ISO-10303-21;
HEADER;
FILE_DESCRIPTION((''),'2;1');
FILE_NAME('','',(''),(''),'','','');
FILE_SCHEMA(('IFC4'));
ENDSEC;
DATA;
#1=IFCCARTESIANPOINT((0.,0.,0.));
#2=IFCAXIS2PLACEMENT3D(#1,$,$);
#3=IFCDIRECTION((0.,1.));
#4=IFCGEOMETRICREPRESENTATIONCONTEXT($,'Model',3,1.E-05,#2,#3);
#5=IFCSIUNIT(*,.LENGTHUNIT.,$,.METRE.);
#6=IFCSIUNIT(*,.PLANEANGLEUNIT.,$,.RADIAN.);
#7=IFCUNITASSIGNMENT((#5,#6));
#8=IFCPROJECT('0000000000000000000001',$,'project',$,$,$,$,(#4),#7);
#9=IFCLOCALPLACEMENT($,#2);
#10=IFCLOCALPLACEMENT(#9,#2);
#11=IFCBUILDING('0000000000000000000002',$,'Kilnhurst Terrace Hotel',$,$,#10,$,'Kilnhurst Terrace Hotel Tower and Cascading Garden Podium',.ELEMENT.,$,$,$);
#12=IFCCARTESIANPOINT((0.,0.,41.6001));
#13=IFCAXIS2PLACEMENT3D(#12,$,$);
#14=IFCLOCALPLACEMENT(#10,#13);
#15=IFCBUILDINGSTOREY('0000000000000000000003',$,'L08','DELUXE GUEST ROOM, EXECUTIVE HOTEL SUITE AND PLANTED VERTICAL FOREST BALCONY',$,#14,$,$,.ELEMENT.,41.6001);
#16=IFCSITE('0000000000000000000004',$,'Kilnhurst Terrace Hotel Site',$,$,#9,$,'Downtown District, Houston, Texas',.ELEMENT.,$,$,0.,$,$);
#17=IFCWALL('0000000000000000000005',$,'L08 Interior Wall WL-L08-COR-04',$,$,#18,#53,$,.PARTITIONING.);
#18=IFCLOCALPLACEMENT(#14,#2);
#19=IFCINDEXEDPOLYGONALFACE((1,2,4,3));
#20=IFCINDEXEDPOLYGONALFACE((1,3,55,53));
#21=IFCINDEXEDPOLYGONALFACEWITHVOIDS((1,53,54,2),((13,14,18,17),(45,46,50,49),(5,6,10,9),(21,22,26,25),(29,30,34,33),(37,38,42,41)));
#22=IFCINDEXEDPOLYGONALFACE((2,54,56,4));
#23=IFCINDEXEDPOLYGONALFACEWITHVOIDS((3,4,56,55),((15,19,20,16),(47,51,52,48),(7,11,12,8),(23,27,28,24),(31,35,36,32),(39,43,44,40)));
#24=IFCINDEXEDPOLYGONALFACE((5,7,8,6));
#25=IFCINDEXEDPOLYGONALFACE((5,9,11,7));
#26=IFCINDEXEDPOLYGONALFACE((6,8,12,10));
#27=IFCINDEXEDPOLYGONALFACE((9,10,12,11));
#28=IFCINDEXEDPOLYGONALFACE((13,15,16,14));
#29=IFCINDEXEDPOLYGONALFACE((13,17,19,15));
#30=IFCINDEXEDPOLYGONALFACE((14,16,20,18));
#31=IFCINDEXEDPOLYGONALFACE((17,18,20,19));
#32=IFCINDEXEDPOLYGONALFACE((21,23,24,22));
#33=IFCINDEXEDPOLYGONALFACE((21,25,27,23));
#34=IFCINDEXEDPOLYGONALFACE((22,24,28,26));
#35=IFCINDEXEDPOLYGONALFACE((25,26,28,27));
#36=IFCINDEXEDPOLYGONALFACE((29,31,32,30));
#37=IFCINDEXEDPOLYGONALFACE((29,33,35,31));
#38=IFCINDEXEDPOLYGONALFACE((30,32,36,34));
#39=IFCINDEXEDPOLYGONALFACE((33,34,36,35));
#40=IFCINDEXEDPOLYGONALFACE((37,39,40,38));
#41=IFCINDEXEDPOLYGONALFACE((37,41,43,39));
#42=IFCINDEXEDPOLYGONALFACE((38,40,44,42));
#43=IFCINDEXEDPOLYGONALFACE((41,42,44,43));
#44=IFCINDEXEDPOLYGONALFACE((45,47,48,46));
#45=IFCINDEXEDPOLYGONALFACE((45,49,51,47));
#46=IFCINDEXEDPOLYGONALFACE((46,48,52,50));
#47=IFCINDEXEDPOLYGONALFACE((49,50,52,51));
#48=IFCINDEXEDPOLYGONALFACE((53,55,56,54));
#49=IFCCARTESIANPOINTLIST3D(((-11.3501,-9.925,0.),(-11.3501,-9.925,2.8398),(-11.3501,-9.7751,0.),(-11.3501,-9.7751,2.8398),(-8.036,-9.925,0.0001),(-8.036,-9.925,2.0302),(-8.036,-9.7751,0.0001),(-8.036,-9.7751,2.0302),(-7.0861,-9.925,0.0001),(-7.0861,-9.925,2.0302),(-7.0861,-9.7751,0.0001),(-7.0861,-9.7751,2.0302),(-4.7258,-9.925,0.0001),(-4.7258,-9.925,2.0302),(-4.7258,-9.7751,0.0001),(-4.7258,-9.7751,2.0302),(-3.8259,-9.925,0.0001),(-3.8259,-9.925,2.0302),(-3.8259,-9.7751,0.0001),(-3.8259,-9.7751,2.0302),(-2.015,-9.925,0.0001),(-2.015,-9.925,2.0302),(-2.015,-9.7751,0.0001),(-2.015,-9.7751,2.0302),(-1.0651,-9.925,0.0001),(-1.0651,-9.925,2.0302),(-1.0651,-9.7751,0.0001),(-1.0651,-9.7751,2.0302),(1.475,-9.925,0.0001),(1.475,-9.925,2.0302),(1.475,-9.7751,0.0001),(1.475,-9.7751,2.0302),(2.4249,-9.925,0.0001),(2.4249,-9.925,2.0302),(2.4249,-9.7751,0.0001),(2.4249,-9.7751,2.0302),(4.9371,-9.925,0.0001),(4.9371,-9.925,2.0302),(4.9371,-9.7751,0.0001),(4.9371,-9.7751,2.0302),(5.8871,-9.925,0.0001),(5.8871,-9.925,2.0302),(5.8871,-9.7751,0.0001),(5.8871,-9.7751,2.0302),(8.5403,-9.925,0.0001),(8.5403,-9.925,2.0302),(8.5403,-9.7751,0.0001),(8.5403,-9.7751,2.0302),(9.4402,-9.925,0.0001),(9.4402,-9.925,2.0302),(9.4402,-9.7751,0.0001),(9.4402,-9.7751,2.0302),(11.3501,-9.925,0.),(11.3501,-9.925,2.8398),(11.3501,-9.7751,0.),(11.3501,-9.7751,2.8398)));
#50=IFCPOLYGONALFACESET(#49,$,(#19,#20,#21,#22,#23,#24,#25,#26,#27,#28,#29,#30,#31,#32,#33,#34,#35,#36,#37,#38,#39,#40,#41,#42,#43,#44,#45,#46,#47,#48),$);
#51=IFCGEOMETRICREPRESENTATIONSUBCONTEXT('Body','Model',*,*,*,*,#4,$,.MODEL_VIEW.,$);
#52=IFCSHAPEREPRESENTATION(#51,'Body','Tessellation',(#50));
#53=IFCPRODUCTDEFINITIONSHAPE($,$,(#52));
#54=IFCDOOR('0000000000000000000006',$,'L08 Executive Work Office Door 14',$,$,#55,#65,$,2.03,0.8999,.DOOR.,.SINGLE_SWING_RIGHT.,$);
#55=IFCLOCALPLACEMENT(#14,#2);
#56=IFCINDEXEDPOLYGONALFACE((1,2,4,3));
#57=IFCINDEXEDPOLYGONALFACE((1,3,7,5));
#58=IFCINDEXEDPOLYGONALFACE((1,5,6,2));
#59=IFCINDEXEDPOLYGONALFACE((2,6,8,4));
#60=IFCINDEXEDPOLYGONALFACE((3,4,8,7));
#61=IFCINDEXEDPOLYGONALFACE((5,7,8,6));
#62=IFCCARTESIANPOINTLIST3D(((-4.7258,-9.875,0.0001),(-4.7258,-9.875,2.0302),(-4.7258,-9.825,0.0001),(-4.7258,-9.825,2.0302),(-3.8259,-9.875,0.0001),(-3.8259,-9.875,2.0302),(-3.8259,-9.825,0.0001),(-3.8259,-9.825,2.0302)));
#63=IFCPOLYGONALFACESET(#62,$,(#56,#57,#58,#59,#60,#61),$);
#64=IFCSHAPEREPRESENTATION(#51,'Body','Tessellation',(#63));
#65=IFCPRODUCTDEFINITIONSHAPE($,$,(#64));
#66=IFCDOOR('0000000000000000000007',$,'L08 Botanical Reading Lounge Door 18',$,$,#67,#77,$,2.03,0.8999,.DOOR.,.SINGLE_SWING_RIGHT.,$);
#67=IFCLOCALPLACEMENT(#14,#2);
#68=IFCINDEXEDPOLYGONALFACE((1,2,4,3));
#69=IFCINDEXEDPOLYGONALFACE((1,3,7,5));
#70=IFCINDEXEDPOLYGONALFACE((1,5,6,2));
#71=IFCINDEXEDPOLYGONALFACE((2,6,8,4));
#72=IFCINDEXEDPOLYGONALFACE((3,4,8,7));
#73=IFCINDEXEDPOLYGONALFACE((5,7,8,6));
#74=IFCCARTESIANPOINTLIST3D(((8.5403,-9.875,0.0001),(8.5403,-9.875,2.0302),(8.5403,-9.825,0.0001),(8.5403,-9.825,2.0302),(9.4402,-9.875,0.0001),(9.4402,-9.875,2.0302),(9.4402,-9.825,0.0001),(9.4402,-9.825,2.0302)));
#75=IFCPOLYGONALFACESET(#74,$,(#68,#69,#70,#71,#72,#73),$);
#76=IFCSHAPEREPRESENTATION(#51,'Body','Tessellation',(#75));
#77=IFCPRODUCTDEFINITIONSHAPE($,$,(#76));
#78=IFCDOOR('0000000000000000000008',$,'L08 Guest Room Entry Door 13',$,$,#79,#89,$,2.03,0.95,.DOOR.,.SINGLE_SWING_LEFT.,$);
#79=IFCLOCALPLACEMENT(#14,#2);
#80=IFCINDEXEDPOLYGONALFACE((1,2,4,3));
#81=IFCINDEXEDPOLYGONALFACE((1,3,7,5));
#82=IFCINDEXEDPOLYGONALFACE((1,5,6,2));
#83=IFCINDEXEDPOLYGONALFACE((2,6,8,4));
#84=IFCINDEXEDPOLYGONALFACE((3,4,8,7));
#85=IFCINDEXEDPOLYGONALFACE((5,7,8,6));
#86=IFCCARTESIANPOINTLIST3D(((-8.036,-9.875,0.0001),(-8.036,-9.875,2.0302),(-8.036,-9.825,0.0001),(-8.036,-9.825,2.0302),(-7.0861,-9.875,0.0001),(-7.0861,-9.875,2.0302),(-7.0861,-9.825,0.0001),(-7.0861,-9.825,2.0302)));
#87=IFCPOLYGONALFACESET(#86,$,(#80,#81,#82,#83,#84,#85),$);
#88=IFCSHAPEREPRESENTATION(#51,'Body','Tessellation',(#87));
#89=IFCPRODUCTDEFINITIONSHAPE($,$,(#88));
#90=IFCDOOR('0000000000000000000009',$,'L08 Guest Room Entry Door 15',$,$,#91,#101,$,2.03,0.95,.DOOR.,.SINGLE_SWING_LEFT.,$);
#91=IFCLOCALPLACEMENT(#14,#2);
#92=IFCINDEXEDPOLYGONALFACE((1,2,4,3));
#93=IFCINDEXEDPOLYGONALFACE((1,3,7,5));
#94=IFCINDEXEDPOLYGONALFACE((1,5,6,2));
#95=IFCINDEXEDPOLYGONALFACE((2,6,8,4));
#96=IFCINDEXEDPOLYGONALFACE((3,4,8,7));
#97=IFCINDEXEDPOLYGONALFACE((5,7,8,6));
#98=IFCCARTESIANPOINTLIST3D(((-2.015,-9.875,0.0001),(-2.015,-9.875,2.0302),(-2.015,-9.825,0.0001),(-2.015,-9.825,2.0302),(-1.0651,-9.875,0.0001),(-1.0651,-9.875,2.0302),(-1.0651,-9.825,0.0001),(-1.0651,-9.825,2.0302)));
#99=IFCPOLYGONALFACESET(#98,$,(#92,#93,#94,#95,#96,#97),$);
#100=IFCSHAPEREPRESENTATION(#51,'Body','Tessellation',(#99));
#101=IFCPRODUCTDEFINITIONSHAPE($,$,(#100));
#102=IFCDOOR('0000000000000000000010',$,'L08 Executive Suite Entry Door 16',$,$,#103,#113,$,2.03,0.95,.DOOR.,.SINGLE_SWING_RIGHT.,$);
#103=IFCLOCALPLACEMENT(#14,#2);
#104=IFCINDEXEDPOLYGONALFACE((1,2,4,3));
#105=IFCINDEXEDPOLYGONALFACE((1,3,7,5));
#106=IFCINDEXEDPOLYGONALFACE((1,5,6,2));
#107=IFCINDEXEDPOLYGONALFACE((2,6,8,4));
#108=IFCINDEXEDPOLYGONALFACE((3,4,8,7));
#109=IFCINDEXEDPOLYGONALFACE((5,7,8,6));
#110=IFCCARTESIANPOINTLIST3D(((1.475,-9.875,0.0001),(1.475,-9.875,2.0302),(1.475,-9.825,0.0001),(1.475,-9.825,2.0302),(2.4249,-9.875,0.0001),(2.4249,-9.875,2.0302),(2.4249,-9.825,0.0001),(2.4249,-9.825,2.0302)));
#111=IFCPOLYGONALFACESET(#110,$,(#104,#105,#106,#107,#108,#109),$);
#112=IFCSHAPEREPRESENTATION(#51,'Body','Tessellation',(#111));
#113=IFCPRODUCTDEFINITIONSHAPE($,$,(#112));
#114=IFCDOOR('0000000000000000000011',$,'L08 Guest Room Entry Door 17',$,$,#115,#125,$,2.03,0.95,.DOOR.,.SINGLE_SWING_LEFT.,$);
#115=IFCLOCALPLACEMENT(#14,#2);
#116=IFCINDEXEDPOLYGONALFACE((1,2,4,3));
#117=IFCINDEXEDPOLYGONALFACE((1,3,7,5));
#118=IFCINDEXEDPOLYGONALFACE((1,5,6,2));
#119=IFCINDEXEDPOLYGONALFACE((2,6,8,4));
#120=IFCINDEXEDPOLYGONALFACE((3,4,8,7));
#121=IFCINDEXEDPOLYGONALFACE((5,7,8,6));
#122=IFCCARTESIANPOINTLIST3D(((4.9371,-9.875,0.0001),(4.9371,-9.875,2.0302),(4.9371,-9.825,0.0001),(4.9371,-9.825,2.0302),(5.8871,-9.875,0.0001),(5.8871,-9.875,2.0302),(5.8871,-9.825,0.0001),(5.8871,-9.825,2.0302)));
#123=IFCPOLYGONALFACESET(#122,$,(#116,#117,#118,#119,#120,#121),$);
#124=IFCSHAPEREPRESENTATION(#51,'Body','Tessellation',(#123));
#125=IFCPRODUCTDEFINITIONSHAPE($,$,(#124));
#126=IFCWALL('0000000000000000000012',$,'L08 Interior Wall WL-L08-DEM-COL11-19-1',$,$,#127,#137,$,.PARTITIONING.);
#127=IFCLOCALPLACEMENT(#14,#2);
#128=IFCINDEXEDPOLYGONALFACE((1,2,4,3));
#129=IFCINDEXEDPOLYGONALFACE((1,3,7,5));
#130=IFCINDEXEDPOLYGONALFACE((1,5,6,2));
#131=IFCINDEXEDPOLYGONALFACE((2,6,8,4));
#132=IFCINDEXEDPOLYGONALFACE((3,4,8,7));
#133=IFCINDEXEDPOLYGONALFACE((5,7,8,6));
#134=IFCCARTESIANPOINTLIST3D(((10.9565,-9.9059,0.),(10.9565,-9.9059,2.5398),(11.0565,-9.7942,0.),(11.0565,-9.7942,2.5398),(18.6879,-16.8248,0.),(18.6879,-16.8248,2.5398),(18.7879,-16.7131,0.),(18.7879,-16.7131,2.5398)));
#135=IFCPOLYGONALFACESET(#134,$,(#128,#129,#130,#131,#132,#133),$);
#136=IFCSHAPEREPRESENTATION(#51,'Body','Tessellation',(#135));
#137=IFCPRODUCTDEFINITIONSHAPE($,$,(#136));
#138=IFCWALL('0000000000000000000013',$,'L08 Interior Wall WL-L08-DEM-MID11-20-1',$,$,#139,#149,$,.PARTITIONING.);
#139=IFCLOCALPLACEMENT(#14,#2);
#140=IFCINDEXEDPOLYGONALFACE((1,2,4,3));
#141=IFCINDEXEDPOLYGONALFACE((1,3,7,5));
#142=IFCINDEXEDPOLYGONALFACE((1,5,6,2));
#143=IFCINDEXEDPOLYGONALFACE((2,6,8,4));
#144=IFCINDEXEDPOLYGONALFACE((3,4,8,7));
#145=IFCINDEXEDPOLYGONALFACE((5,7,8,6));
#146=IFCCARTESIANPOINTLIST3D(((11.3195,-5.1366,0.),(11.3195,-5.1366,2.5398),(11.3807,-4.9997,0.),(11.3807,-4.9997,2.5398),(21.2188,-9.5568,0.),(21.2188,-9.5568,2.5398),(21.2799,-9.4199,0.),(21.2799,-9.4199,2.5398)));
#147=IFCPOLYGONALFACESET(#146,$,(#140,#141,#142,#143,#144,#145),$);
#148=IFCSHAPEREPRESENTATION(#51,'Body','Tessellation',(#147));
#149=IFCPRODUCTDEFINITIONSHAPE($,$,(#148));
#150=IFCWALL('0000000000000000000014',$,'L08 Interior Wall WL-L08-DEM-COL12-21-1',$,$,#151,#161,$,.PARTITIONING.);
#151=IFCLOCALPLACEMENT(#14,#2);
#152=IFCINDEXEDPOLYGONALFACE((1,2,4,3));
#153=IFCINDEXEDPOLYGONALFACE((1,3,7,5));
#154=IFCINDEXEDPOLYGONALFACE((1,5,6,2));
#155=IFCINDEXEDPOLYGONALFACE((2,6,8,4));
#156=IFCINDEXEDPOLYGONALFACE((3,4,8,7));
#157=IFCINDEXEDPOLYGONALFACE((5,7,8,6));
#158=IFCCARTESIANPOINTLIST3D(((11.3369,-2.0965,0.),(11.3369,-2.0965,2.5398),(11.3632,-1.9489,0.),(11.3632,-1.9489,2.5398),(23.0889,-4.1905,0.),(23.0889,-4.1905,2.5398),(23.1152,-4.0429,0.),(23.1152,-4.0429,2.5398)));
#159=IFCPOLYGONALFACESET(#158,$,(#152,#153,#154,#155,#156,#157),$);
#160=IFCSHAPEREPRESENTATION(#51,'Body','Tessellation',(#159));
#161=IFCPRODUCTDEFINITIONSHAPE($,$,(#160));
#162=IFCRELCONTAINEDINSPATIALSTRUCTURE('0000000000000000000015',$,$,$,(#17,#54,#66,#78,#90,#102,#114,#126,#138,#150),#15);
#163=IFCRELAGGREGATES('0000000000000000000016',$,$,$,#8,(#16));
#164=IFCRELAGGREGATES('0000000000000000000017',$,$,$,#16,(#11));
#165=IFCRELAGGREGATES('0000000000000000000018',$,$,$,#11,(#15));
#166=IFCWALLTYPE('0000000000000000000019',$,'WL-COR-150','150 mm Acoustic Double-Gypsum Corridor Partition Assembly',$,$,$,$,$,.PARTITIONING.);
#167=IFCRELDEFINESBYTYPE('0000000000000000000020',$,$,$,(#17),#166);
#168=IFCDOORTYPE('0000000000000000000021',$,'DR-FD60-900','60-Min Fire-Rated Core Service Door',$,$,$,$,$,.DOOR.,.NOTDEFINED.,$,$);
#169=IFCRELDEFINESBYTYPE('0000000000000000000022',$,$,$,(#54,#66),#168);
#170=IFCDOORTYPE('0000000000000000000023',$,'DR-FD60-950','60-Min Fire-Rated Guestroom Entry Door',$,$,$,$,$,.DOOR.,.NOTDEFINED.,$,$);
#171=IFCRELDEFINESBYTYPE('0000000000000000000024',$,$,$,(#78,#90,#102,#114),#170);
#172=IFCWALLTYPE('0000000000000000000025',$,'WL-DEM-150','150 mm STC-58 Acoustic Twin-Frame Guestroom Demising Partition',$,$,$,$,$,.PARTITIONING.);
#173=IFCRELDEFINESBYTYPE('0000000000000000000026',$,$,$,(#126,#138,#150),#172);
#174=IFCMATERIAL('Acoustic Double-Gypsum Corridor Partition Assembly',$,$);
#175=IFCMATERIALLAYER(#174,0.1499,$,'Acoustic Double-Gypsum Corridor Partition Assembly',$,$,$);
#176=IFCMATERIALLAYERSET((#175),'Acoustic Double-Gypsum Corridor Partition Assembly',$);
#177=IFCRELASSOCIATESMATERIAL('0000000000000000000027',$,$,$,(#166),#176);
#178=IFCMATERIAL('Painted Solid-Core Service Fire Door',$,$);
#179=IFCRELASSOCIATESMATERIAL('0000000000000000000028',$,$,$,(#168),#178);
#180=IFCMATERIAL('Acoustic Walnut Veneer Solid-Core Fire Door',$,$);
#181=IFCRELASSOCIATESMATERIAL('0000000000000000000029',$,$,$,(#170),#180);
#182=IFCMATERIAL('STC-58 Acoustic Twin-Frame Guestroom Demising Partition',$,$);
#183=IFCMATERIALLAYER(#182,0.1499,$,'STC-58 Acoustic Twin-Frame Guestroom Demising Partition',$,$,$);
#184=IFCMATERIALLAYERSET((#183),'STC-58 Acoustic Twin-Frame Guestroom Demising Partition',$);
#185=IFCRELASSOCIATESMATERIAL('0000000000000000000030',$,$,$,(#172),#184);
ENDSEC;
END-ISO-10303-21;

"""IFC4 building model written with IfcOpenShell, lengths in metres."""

from ifc_helpers import new_model, si_unit, direction, frame, frame_2d, origin, place, context, subcontext, project, spatial, rectangle, extrude, material, layer, layer_set, type_object, element, fill, save


model = new_model("IFC4")

# Units and contexts
model_context = context("Model", 3, precision=1e-05, world=origin(), true_north=direction((0.0, 1.0)))
body_context = subcontext(model_context, "Body", "Model", "MODEL_VIEW")
ifc_project = project(units=[si_unit("LENGTHUNIT", "METRE"), si_unit("PLANEANGLEUNIT", "RADIAN")], contexts=[model_context])

# Site, building, storey
site_placement = place(None, origin())
site = spatial("IfcSite", under=ifc_project, at=site_placement, Name="Kilnhurst Terrace Hotel Site", LongName="Downtown District, Houston, Texas", CompositionType="ELEMENT", RefElevation=0.0)
building_placement = place(site_placement, origin())
building = spatial("IfcBuilding", under=site, at=building_placement, Name="Kilnhurst Terrace Hotel", LongName="Kilnhurst Terrace Hotel Tower and Cascading Garden Podium", CompositionType="ELEMENT")
storey_placement = place(building_placement, frame((0.0, 0.0, 41.6001)))
storey = spatial("IfcBuildingStorey", under=building, at=storey_placement, Name="L08", Description="DELUXE GUEST ROOM, EXECUTIVE HOTEL SUITE AND PLANTED VERTICAL FOREST BALCONY", CompositionType="ELEMENT", Elevation=41.6001)

# Wall, openings, doors
ifc_material_1 = material(Name="Acoustic Double-Gypsum Corridor Partition Assembly")
ifc_layer_1 = layer(ifc_material_1, 0.1499, Name="Acoustic Double-Gypsum Corridor Partition Assembly")
ifc_layer_set_1 = layer_set([ifc_layer_1], Name="Acoustic Double-Gypsum Corridor Partition Assembly")
wall_type_1 = type_object("IfcWallType", Name="WL-COR-150", Description="150 mm Acoustic Double-Gypsum Corridor Partition Assembly", PredefinedType="PARTITIONING", material=ifc_layer_set_1)
wall_1_placement = place(storey_placement, frame((11.3501, -9.8501, 0.0), z_axis=(0.0, 0.0, 1.0), x_axis=(-1.0, 0.0, 0.0)))
wall_1 = element("IfcWall", 1, at=wall_1_placement, inside=storey, type_object=wall_type_1, Name="L08 Interior Wall WL-L08-COR-04", PredefinedType="PARTITIONING", context=body_context, shape_type="SweptSolid", body=[
    extrude(rectangle(XDim=22.7002, YDim=0.1499, at=frame_2d((11.3501, 0.0))), origin(), (0.0, 0.0, 1.0), 2.8398),
])
opening_1_placement = place(wall_1_placement, frame((18.436, 0.0, 0.0)))
opening_1 = element("IfcOpeningElement", 2, at=opening_1_placement, cuts=wall_1, PredefinedType="OPENING", context=body_context, shape_type="SweptSolid", body=[
    extrude(rectangle(XDim=0.95, YDim=2.03, at=frame_2d((0.4751, 1.0151))), frame((0.0, 0.085, 0.0), z_axis=(0.0, -1.0, 0.0), x_axis=(1.0, 0.0, 0.0)), (0.0, 0.0, 1.0), 0.1699),
])
opening_2_placement = place(wall_1_placement, frame((15.176, 0.0, 0.0)))
opening_2 = element("IfcOpeningElement", 3, at=opening_2_placement, cuts=wall_1, PredefinedType="OPENING", context=body_context, shape_type="SweptSolid", body=[
    extrude(rectangle(XDim=0.8999, YDim=2.03, at=frame_2d((0.45, 1.0151))), frame((0.0, 0.085, 0.0), z_axis=(0.0, -1.0, 0.0), x_axis=(1.0, 0.0, 0.0)), (0.0, 0.0, 1.0), 0.1699),
])
opening_3_placement = place(wall_1_placement, frame((12.415, 0.0, 0.0)))
opening_3 = element("IfcOpeningElement", 4, at=opening_3_placement, cuts=wall_1, PredefinedType="OPENING", context=body_context, shape_type="SweptSolid", body=[
    extrude(rectangle(XDim=0.95, YDim=2.03, at=frame_2d((0.4751, 1.0151))), frame((0.0, 0.085, 0.0), z_axis=(0.0, -1.0, 0.0), x_axis=(1.0, 0.0, 0.0)), (0.0, 0.0, 1.0), 0.1699),
])
opening_4_placement = place(wall_1_placement, frame((8.925, 0.0, 0.0)))
opening_4 = element("IfcOpeningElement", 5, at=opening_4_placement, cuts=wall_1, PredefinedType="OPENING", context=body_context, shape_type="SweptSolid", body=[
    extrude(rectangle(XDim=0.95, YDim=2.03, at=frame_2d((0.4751, 1.0151))), frame((0.0, 0.085, 0.0), z_axis=(0.0, -1.0, 0.0), x_axis=(1.0, 0.0, 0.0)), (0.0, 0.0, 1.0), 0.1699),
])
opening_5_placement = place(wall_1_placement, frame((5.4629, 0.0, 0.0)))
opening_5 = element("IfcOpeningElement", 6, at=opening_5_placement, cuts=wall_1, PredefinedType="OPENING", context=body_context, shape_type="SweptSolid", body=[
    extrude(rectangle(XDim=0.95, YDim=2.03, at=frame_2d((0.4751, 1.0151))), frame((0.0, 0.085, 0.0), z_axis=(0.0, -1.0, 0.0), x_axis=(1.0, 0.0, 0.0)), (0.0, 0.0, 1.0), 0.1699),
])
opening_6_placement = place(wall_1_placement, frame((1.9099, 0.0, 0.0)))
opening_6 = element("IfcOpeningElement", 7, at=opening_6_placement, cuts=wall_1, PredefinedType="OPENING", context=body_context, shape_type="SweptSolid", body=[
    extrude(rectangle(XDim=0.8999, YDim=2.03, at=frame_2d((0.45, 1.0151))), frame((0.0, 0.085, 0.0), z_axis=(0.0, -1.0, 0.0), x_axis=(1.0, 0.0, 0.0)), (0.0, 0.0, 1.0), 0.1699),
])
ifc_material_2 = material(Name="Painted Solid-Core Service Fire Door")
door_type_1 = type_object("IfcDoorType", Name="DR-FD60-900", Description="60-Min Fire-Rated Core Service Door", OperationType="NOTDEFINED", PredefinedType="DOOR", material=ifc_material_2)
door_1_placement = place(opening_2_placement, origin())
door_1 = element("IfcDoor", 8, at=door_1_placement, inside=storey, type_object=door_type_1, Name="L08 Executive Work Office Door 14", OperationType="SINGLE_SWING_RIGHT", OverallHeight=2.03, OverallWidth=0.8999, PredefinedType="DOOR", context=body_context, shape_type="SweptSolid", body=[
    extrude(rectangle(XDim=0.8999, YDim=2.03, at=frame_2d((0.45, 1.0151))), frame((0.0, 0.0249, 0.0), z_axis=(0.0, -1.0, 0.0), x_axis=(1.0, 0.0, 0.0)), (0.0, 0.0, 1.0), 0.05),
])
fill(opening_2, door_1)
door_2_placement = place(opening_6_placement, origin())
door_2 = element("IfcDoor", 9, at=door_2_placement, inside=storey, type_object=door_type_1, Name="L08 Botanical Reading Lounge Door 18", OperationType="SINGLE_SWING_RIGHT", OverallHeight=2.03, OverallWidth=0.8999, PredefinedType="DOOR", context=body_context, shape_type="SweptSolid", body=[
    extrude(rectangle(XDim=0.8999, YDim=2.03, at=frame_2d((0.45, 1.0151))), frame((0.0, 0.0249, 0.0), z_axis=(0.0, -1.0, 0.0), x_axis=(1.0, 0.0, 0.0)), (0.0, 0.0, 1.0), 0.05),
])
fill(opening_6, door_2)
ifc_material_3 = material(Name="Acoustic Walnut Veneer Solid-Core Fire Door")
door_type_2 = type_object("IfcDoorType", Name="DR-FD60-950", Description="60-Min Fire-Rated Guestroom Entry Door", OperationType="NOTDEFINED", PredefinedType="DOOR", material=ifc_material_3)
door_3_placement = place(opening_1_placement, origin())
door_3 = element("IfcDoor", 10, at=door_3_placement, inside=storey, type_object=door_type_2, Name="L08 Guest Room Entry Door 13", OperationType="SINGLE_SWING_LEFT", OverallHeight=2.03, OverallWidth=0.95, PredefinedType="DOOR", context=body_context, shape_type="SweptSolid", body=[
    extrude(rectangle(XDim=0.95, YDim=2.03, at=frame_2d((0.4751, 1.0151))), frame((0.0, 0.0249, 0.0), z_axis=(0.0, -1.0, 0.0), x_axis=(1.0, 0.0, 0.0)), (0.0, 0.0, 1.0), 0.05),
])
fill(opening_1, door_3)
door_4_placement = place(opening_3_placement, origin())
door_4 = element("IfcDoor", 11, at=door_4_placement, inside=storey, type_object=door_type_2, Name="L08 Guest Room Entry Door 15", OperationType="SINGLE_SWING_LEFT", OverallHeight=2.03, OverallWidth=0.95, PredefinedType="DOOR", context=body_context, shape_type="SweptSolid", body=[
    extrude(rectangle(XDim=0.95, YDim=2.03, at=frame_2d((0.4751, 1.0151))), frame((0.0, 0.0249, 0.0), z_axis=(0.0, -1.0, 0.0), x_axis=(1.0, 0.0, 0.0)), (0.0, 0.0, 1.0), 0.05),
])
fill(opening_3, door_4)
door_5_placement = place(opening_4_placement, origin())
door_5 = element("IfcDoor", 12, at=door_5_placement, inside=storey, type_object=door_type_2, Name="L08 Executive Suite Entry Door 16", OperationType="SINGLE_SWING_RIGHT", OverallHeight=2.03, OverallWidth=0.95, PredefinedType="DOOR", context=body_context, shape_type="SweptSolid", body=[
    extrude(rectangle(XDim=0.95, YDim=2.03, at=frame_2d((0.4751, 1.0151))), frame((0.0, 0.0249, 0.0), z_axis=(0.0, -1.0, 0.0), x_axis=(1.0, 0.0, 0.0)), (0.0, 0.0, 1.0), 0.05),
])
fill(opening_4, door_5)
door_6_placement = place(opening_5_placement, origin())
door_6 = element("IfcDoor", 13, at=door_6_placement, inside=storey, type_object=door_type_2, Name="L08 Guest Room Entry Door 17", OperationType="SINGLE_SWING_LEFT", OverallHeight=2.03, OverallWidth=0.95, PredefinedType="DOOR", context=body_context, shape_type="SweptSolid", body=[
    extrude(rectangle(XDim=0.95, YDim=2.03, at=frame_2d((0.4751, 1.0151))), frame((0.0, 0.0249, 0.0), z_axis=(0.0, -1.0, 0.0), x_axis=(1.0, 0.0, 0.0)), (0.0, 0.0, 1.0), 0.05),
])
fill(opening_5, door_6)

# Walls
ifc_material_4 = material(Name="STC-58 Acoustic Twin-Frame Guestroom Demising Partition")
ifc_layer_2 = layer(ifc_material_4, 0.1499, Name="STC-58 Acoustic Twin-Frame Guestroom Demising Partition")
ifc_layer_set_2 = layer_set([ifc_layer_2], Name="STC-58 Acoustic Twin-Frame Guestroom Demising Partition")
wall_type_2 = type_object("IfcWallType", Name="WL-DEM-150", Description="150 mm STC-58 Acoustic Twin-Frame Guestroom Demising Partition", PredefinedType="PARTITIONING", material=ifc_layer_set_2)
wall_2_placement = place(storey_placement, frame((11.0066, -9.8501, 0.0), z_axis=(0.0, 0.0, 1.0), x_axis=(0.745177, -0.666866, 0.0)))
element("IfcWall", 14, at=wall_2_placement, inside=storey, type_object=wall_type_2, Name="L08 Interior Wall WL-L08-DEM-COL11-19-1", PredefinedType="PARTITIONING", context=body_context, shape_type="SweptSolid", body=[
    extrude(rectangle(XDim=10.3752, YDim=0.1499, at=frame_2d((5.1875, 0.0))), origin(), (0.0, 0.0, 1.0), 2.5398),
])
wall_3_placement = place(storey_placement, frame((11.3501, -5.0681, 0.0), z_axis=(0.0, 0.0, 1.0), x_axis=(0.913107, -0.40772, 0.0)))
element("IfcWall", 15, at=wall_3_placement, inside=storey, type_object=wall_type_2, Name="L08 Interior Wall WL-L08-DEM-MID11-20-1", PredefinedType="PARTITIONING", context=body_context, shape_type="SweptSolid", body=[
    extrude(rectangle(XDim=10.8413, YDim=0.1499, at=frame_2d((5.4207, 0.0))), origin(), (0.0, 0.0, 1.0), 2.5398),
])
wall_4_placement = place(storey_placement, frame((11.3501, -2.0227, 0.0), z_axis=(0.0, 0.0, 1.0), x_axis=(0.984494, -0.17542, 0.0)))
element("IfcWall", 16, at=wall_4_placement, inside=storey, type_object=wall_type_2, Name="L08 Interior Wall WL-L08-DEM-COL12-21-1", PredefinedType="PARTITIONING", context=body_context, shape_type="SweptSolid", body=[
    extrude(rectangle(XDim=11.937, YDim=0.1499, at=frame_2d((5.9685, 0.0))), origin(), (0.0, 0.0, 1.0), 2.5398),
])

save(model, "model.ifc")
